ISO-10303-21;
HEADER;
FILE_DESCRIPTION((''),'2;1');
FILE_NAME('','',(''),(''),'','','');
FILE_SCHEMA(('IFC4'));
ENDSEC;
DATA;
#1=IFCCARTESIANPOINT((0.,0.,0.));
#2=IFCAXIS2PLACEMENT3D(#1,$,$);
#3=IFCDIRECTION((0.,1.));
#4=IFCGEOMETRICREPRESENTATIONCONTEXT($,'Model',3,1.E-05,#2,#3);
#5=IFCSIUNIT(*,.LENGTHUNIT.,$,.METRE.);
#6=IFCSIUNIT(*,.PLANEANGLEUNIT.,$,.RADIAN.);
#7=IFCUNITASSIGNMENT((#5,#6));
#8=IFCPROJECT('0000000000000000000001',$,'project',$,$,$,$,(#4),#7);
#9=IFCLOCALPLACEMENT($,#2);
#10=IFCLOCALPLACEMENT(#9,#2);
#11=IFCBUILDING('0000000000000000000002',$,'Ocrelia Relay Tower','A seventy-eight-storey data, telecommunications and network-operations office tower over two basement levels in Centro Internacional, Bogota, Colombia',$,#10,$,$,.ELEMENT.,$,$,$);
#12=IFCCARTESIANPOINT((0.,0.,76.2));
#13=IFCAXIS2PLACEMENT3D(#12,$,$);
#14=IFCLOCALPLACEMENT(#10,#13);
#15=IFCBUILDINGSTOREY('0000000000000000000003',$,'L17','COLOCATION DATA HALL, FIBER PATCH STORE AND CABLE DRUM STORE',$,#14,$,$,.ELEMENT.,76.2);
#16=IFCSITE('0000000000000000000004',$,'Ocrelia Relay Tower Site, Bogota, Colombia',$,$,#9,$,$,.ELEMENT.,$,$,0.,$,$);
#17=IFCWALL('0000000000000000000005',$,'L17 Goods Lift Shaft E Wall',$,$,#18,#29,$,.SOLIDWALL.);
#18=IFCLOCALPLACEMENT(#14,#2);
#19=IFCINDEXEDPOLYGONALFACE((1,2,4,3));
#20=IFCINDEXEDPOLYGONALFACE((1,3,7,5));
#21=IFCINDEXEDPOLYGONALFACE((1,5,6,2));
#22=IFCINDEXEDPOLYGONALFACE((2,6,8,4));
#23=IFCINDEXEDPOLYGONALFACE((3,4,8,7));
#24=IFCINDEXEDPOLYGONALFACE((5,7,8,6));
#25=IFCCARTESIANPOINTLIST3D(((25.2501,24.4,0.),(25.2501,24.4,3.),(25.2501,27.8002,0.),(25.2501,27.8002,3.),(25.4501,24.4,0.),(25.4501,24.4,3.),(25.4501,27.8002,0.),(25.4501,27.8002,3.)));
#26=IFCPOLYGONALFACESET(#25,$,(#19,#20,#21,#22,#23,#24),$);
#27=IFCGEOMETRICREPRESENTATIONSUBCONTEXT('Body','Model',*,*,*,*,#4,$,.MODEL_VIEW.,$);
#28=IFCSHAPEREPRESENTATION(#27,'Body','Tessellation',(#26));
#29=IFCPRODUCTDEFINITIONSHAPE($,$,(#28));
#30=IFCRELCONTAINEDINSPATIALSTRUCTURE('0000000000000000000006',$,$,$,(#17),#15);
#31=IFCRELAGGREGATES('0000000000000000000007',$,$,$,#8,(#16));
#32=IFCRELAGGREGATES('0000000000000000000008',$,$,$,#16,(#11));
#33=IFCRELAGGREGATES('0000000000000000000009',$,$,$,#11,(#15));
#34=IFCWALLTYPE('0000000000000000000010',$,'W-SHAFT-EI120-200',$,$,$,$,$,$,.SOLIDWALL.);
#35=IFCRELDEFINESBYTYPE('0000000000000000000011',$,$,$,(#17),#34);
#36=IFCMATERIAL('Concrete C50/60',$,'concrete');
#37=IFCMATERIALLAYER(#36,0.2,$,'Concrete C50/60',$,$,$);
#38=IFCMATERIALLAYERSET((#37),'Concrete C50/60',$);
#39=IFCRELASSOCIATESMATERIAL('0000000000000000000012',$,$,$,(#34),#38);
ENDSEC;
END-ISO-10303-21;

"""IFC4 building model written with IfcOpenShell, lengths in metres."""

from ifc_helpers import new_model, si_unit, direction, frame, frame_2d, origin, place, context, subcontext, project, spatial, rectangle, extrude, material, layer, layer_set, type_object, element, save


model = new_model("IFC4")

# Units and contexts
model_context = context("Model", 3, precision=1e-05, world=origin(), true_north=direction((0.0, 1.0)))
body_context = subcontext(model_context, "Body", "Model", "MODEL_VIEW")
ifc_project = project(units=[si_unit("LENGTHUNIT", "METRE"), si_unit("PLANEANGLEUNIT", "RADIAN")], contexts=[model_context])

# Site, building, storey
site_placement = place(None, origin())
site = spatial("IfcSite", under=ifc_project, at=site_placement, Name="Ocrelia Relay Tower Site, Bogota, Colombia", CompositionType="ELEMENT", RefElevation=0.0)
building_placement = place(site_placement, origin())
building = spatial("IfcBuilding", under=site, at=building_placement, Name="Ocrelia Relay Tower", Description="A seventy-eight-storey data, telecommunications and network-operations office tower over two basement levels in Centro Internacional, Bogota, Colombia", CompositionType="ELEMENT")
storey_placement = place(building_placement, frame((0.0, 0.0, 76.2)))
storey = spatial("IfcBuildingStorey", under=building, at=storey_placement, Name="L17", Description="COLOCATION DATA HALL, FIBER PATCH STORE AND CABLE DRUM STORE", CompositionType="ELEMENT", Elevation=76.2)

# Shared definitions
ifc_material_1 = material(Name="Concrete C50/60", Category="concrete")
ifc_layer_1 = layer(ifc_material_1, 0.2, Name="Concrete C50/60")
ifc_layer_set_1 = layer_set([ifc_layer_1], Name="Concrete C50/60")
wall_type_1 = type_object("IfcWallType", Name="W-SHAFT-EI120-200", PredefinedType="SOLIDWALL", material=ifc_layer_set_1)

# Wall
wall_1_placement = place(storey_placement, frame((25.3501, 24.3999, 0.0), z_axis=(0.0, 0.0, 1.0), x_axis=(0.0, 1.0, 0.0)))
element("IfcWall", 1, at=wall_1_placement, inside=storey, type_object=wall_type_1, Name="L17 Goods Lift Shaft E Wall", PredefinedType="SOLIDWALL", context=body_context, shape_type="SweptSolid", body=[
    extrude(rectangle(XDim=3.4001, YDim=0.2, at=frame_2d((1.7002, 0.0))), origin(), (0.0, 0.0, 1.0), 3.0),
])

save(model, "model.ifc")
